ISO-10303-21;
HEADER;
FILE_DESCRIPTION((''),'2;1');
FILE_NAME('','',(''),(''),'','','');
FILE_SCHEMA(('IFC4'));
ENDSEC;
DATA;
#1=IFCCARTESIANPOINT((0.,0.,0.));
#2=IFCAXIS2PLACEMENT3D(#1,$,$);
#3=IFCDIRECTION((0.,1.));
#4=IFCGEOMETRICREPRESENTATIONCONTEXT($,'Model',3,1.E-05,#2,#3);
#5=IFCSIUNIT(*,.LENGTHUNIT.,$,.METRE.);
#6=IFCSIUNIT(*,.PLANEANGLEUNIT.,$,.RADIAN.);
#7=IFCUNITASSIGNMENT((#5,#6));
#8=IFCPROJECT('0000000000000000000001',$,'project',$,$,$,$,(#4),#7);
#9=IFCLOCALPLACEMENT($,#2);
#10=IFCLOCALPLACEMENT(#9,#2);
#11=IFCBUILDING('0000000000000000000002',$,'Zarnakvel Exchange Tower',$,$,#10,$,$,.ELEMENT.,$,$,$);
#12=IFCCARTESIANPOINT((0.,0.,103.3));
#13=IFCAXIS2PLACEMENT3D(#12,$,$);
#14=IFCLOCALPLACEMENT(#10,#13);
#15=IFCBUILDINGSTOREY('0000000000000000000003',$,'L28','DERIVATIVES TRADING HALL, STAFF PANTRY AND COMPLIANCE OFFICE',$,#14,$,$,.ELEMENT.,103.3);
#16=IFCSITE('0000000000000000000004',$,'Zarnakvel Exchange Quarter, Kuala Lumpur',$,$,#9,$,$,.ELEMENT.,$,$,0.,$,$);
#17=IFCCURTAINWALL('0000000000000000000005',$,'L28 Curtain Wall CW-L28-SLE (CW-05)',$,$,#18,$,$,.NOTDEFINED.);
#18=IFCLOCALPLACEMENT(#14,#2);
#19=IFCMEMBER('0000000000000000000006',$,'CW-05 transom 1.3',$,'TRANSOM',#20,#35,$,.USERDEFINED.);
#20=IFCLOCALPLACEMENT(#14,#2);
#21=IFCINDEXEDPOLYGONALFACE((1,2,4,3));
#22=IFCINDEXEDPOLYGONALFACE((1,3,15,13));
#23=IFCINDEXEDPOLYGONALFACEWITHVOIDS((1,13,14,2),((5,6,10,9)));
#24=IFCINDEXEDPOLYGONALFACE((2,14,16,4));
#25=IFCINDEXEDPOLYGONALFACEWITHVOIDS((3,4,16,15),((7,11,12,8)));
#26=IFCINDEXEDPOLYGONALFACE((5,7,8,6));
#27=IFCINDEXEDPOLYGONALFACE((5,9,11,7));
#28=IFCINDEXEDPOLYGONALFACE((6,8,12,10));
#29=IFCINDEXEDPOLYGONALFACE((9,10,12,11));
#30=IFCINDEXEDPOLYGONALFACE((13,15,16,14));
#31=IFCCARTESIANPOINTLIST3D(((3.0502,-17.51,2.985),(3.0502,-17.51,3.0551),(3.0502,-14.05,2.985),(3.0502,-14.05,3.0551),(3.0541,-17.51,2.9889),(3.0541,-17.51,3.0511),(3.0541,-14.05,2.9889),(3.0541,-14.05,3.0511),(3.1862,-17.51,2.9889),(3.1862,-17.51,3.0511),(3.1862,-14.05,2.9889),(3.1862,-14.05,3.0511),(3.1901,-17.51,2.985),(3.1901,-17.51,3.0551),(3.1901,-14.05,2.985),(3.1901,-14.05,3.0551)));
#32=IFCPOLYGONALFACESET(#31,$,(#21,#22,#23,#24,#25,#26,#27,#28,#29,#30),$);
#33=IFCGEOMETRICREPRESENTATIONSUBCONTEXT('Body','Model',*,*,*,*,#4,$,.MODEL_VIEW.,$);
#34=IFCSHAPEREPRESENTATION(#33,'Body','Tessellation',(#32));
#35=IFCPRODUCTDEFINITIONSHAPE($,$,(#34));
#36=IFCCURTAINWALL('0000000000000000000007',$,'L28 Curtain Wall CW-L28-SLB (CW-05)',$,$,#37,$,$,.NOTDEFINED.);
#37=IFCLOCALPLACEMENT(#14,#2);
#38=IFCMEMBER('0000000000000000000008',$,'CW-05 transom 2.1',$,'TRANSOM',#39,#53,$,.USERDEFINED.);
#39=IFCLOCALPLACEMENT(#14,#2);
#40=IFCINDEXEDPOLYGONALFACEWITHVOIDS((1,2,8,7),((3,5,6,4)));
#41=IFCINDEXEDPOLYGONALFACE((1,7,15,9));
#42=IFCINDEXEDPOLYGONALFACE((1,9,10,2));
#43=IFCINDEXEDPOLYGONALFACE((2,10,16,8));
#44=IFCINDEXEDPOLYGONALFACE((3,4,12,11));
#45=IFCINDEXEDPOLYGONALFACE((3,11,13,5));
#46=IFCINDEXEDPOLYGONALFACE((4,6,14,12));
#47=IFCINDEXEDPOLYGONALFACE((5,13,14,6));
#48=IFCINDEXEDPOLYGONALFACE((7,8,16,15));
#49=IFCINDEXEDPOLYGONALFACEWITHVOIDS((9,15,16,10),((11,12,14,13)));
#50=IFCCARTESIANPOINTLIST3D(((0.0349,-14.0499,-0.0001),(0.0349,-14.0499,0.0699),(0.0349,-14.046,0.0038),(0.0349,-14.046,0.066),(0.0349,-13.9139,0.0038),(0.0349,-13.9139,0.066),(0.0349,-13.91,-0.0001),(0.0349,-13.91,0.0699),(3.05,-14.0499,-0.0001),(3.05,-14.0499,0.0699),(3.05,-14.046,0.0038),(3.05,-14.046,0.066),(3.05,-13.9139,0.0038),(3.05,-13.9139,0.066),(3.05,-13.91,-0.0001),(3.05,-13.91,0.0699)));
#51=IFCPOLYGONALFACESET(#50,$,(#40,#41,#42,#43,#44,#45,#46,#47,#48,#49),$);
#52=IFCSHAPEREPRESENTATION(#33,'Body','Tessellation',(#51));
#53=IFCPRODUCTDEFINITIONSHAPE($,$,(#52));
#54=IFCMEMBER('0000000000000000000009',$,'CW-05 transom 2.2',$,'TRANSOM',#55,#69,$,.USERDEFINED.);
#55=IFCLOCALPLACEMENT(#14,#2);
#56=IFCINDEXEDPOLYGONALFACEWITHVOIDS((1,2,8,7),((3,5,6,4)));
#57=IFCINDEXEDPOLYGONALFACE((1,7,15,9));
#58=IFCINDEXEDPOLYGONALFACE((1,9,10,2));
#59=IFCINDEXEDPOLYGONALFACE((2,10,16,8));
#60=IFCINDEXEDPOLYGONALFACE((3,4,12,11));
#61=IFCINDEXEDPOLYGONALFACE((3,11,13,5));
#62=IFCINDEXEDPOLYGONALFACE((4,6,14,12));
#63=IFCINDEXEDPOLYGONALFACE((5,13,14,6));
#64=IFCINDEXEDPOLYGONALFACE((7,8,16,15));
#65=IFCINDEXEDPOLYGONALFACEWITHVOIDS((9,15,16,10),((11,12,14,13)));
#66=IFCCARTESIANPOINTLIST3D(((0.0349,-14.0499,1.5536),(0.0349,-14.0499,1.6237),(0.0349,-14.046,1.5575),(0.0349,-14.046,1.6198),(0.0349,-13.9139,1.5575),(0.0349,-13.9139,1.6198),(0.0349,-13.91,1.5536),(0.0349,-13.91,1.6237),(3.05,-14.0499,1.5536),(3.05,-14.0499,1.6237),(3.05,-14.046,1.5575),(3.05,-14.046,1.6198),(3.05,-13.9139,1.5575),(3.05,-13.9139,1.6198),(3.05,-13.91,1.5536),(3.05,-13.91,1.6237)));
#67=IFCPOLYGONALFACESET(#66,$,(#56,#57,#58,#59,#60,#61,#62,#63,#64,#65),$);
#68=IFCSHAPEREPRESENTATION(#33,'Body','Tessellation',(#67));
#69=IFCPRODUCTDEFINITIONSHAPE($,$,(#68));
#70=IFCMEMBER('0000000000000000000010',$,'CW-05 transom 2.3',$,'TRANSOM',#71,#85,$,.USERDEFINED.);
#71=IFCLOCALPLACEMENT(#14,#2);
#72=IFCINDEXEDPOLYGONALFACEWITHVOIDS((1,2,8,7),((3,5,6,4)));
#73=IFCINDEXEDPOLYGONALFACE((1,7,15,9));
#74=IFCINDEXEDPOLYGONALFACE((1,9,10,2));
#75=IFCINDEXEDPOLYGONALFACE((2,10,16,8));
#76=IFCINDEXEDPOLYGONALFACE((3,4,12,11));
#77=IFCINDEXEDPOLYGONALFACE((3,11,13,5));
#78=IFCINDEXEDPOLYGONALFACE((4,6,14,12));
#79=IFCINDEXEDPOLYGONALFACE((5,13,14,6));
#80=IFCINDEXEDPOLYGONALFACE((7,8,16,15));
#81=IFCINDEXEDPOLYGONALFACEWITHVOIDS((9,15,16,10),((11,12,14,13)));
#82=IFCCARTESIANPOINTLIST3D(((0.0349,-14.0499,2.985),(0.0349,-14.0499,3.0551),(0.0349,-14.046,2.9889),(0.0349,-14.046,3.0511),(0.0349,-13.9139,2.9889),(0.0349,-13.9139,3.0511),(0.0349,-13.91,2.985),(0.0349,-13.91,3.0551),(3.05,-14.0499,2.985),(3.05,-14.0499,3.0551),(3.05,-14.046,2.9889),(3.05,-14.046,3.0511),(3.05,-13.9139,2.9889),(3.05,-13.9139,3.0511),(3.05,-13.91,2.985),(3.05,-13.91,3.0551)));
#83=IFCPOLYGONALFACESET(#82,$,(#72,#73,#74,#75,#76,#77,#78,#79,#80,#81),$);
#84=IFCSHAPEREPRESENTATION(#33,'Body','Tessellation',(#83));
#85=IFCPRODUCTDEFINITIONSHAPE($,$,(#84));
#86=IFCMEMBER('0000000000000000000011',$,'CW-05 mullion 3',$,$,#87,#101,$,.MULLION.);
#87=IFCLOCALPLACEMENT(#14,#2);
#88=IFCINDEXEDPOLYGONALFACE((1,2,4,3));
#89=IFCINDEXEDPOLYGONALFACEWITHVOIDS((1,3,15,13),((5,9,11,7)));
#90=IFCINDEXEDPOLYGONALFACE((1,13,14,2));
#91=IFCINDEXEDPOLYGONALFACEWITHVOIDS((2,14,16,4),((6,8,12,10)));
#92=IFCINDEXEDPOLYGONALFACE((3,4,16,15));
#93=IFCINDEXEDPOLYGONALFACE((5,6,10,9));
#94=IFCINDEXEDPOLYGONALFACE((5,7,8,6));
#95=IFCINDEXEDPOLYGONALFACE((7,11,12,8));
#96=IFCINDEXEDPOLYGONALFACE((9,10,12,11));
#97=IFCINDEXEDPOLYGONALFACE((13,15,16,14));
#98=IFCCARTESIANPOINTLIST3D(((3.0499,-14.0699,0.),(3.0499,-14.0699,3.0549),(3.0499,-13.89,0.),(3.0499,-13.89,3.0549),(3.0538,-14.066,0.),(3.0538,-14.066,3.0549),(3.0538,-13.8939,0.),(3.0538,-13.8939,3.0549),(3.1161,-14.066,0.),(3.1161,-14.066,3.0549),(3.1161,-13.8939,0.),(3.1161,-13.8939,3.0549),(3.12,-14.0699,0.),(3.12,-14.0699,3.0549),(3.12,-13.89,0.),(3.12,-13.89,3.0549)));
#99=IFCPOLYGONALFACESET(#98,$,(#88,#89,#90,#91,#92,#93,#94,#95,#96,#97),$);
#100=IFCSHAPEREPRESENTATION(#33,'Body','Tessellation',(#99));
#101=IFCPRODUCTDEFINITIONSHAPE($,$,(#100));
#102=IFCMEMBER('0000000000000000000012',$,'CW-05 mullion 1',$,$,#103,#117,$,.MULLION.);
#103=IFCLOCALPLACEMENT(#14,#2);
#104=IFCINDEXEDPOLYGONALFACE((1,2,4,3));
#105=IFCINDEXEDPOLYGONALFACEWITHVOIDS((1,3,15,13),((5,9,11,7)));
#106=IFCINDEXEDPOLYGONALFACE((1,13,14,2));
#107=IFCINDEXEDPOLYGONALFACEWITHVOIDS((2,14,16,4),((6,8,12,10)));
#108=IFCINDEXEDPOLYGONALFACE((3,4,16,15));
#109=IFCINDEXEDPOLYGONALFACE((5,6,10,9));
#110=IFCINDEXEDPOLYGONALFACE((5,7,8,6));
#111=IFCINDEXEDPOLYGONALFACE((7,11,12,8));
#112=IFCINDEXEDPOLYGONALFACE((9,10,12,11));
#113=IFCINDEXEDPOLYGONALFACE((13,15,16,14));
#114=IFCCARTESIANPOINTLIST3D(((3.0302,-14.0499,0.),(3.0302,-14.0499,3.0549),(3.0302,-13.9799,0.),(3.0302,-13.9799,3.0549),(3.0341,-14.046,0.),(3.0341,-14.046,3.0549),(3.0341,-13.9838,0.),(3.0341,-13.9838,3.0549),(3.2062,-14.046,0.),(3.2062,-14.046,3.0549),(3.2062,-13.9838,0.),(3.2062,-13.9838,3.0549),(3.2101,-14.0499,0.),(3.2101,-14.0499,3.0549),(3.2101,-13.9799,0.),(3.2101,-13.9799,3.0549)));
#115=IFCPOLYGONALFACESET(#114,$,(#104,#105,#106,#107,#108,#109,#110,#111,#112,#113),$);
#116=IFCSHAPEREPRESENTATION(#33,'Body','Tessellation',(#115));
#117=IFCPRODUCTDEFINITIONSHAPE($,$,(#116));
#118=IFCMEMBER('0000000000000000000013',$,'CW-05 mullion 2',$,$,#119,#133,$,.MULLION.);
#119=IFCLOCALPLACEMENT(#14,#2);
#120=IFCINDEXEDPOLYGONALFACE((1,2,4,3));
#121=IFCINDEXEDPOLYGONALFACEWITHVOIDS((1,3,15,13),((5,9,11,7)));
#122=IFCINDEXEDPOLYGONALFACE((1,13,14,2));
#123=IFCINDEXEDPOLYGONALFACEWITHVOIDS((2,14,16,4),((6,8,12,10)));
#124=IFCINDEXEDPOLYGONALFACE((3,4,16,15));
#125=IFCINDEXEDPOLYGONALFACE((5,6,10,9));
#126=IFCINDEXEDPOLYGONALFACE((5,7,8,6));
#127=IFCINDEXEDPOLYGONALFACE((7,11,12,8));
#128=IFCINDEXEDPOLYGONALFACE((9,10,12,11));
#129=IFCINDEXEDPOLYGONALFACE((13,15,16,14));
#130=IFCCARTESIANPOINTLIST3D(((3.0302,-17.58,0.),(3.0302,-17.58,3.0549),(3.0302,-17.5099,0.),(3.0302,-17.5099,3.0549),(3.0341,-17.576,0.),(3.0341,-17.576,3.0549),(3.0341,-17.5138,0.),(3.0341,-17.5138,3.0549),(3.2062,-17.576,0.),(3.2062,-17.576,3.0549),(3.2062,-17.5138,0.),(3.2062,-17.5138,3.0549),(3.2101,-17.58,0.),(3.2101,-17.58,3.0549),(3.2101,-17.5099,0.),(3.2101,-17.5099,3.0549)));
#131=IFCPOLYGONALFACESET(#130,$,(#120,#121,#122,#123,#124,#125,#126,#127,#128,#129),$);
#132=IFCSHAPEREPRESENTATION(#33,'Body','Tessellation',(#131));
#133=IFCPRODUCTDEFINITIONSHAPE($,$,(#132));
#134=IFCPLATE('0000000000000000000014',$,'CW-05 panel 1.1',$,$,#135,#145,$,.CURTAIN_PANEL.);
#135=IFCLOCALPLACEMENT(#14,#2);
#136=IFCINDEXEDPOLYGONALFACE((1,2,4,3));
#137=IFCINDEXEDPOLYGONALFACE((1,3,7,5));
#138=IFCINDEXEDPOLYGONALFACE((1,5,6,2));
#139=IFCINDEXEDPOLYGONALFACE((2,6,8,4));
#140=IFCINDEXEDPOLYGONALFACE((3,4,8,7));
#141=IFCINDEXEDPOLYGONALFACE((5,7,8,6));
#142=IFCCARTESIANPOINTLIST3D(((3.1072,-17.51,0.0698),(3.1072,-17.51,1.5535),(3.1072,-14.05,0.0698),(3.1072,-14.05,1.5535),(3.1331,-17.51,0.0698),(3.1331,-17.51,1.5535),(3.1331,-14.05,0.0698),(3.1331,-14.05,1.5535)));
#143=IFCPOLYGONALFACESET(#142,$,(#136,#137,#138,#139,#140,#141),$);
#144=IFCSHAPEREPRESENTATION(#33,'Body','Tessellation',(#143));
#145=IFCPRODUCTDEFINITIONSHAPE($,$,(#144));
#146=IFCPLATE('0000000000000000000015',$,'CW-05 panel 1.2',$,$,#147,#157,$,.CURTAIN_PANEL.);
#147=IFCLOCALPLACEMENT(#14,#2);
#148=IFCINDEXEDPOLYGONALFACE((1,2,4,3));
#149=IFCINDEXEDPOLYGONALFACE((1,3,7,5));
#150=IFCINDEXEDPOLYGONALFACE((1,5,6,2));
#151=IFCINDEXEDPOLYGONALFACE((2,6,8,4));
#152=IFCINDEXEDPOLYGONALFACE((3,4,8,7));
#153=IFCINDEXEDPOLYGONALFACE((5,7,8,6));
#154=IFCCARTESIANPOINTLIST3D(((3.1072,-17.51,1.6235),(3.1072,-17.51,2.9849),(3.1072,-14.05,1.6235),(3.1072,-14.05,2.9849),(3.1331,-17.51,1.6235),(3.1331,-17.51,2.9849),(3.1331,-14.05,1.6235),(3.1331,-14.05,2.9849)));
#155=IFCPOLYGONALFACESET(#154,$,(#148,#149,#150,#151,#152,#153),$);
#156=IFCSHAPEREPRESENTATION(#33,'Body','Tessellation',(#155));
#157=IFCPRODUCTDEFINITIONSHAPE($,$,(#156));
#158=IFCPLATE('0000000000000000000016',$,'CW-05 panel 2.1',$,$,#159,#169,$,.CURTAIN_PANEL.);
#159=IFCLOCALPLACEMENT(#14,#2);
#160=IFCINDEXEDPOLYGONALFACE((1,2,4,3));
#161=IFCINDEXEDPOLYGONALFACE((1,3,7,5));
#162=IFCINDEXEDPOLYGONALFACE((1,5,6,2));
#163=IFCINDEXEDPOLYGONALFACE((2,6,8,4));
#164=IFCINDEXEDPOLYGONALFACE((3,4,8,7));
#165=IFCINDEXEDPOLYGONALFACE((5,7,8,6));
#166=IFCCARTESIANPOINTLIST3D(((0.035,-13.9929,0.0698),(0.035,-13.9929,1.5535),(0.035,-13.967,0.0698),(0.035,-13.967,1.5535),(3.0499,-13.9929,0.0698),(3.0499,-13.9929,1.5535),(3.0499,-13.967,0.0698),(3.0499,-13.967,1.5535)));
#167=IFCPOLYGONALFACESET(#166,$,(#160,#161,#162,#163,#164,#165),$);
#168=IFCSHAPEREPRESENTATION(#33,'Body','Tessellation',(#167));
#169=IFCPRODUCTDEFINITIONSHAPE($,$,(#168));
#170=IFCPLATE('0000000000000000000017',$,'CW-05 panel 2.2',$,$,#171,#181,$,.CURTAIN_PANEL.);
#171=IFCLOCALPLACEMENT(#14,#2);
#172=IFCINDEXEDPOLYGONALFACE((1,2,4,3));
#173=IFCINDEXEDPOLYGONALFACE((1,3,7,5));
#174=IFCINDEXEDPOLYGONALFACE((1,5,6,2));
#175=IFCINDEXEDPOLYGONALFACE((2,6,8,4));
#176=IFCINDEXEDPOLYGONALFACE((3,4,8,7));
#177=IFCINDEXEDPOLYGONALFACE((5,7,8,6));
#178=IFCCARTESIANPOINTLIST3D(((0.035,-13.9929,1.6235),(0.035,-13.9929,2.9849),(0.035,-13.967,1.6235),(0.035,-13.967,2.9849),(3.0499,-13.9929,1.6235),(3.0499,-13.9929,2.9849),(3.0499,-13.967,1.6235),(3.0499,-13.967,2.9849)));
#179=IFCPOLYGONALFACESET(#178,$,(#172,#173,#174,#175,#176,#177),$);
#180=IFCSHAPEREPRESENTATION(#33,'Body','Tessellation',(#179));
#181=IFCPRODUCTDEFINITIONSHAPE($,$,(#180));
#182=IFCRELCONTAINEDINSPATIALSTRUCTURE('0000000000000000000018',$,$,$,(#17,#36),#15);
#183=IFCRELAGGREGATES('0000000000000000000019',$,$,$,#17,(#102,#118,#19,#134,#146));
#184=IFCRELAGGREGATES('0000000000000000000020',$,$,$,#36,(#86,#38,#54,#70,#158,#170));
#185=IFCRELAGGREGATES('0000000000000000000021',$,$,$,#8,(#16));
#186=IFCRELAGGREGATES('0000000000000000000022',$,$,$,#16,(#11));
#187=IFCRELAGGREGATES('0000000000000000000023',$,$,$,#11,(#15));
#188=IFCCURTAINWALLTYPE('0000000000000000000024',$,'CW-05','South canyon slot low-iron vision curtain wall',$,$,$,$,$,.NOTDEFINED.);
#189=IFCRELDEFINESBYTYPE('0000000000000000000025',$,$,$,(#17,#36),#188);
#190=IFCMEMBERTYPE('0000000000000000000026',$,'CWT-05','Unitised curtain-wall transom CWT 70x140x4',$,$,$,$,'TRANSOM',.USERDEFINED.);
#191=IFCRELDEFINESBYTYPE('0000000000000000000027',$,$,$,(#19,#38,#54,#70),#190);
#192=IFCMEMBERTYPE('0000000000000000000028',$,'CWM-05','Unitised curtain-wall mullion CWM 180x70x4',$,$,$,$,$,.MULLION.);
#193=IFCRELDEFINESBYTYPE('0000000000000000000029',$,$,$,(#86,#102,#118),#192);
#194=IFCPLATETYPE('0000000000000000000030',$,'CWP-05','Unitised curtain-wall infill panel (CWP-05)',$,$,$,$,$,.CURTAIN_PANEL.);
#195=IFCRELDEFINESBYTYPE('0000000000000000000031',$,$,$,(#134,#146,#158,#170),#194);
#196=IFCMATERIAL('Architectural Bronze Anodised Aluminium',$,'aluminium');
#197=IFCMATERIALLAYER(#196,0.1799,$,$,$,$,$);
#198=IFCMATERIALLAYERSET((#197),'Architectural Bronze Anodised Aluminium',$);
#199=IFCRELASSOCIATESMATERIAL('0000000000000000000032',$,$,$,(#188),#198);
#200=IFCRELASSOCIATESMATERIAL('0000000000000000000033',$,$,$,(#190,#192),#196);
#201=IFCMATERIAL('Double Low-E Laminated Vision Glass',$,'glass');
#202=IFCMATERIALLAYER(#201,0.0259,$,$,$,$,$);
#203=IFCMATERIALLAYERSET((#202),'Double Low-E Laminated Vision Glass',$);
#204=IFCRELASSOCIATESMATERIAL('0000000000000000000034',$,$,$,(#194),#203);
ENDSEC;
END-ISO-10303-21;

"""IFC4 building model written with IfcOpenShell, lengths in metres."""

from ifc_helpers import new_model, si_unit, direction, frame, origin, origin_2d, place, context, subcontext, project, spatial, rectangle, hollow_rectangle, extrude, source, transform, mapped, material, layer, layer_set, material_profile, profile_set, type_object, element, aggregate, save


model = new_model("IFC4")

# Units and contexts
model_context = context("Model", 3, precision=1e-05, world=origin(), true_north=direction((0.0, 1.0)))
body_context = subcontext(model_context, "Body", "Model", "MODEL_VIEW")
ifc_project = project(units=[si_unit("LENGTHUNIT", "METRE"), si_unit("PLANEANGLEUNIT", "RADIAN")], contexts=[model_context])

# Site, building, storey
site_placement = place(None, origin())
site = spatial("IfcSite", under=ifc_project, at=site_placement, Name="Zarnakvel Exchange Quarter, Kuala Lumpur", CompositionType="ELEMENT", RefElevation=0.0)
building_placement = place(site_placement, origin())
building = spatial("IfcBuilding", under=site, at=building_placement, Name="Zarnakvel Exchange Tower", CompositionType="ELEMENT")
storey_placement = place(building_placement, frame((0.0, 0.0, 103.3)))
storey = spatial("IfcBuildingStorey", under=building, at=storey_placement, Name="L28", Description="DERIVATIVES TRADING HALL, STAFF PANTRY AND COMPLIANCE OFFICE", CompositionType="ELEMENT", Elevation=103.3)

# Curtain walls, members
ifc_material_1 = material(Name="Architectural Bronze Anodised Aluminium", Category="aluminium")
ifc_layer_1 = layer(ifc_material_1, 0.1799)
ifc_layer_set_1 = layer_set([ifc_layer_1], Name="Architectural Bronze Anodised Aluminium")
curtain_wall_type = type_object("IfcCurtainWallType", Name="CW-05", Description="South canyon slot low-iron vision curtain wall", PredefinedType="NOTDEFINED", material=ifc_layer_set_1)
curtain_wall_1_placement = place(storey_placement, origin())
curtain_wall_1 = element("IfcCurtainWall", 1, at=curtain_wall_1_placement, inside=storey, type_object=curtain_wall_type, Name="L28 Curtain Wall CW-L28-SLE (CW-05)", PredefinedType="NOTDEFINED")
ifc_material_profile_1 = material_profile(ifc_material_1, hollow_rectangle(XDim=0.1399, YDim=0.0701, WallThickness=0.0039, at=origin_2d()))
ifc_profile_set_1 = profile_set([ifc_material_profile_1], Name="Architectural Bronze Anodised Aluminium")
member_type_1 = type_object("IfcMemberType", Name="CWT-05", Description="Unitised curtain-wall transom CWT 70x140x4", ElementType="TRANSOM", PredefinedType="USERDEFINED", material=ifc_profile_set_1)
shared_shape_1 = source(origin(), body_context, "Body", "SweptSolid", [
    extrude(hollow_rectangle(XDim=0.1399, YDim=0.0701, WallThickness=0.0039, at=origin_2d()), origin(), (0.0, 0.0, 1.0), 3.46),
])
member_1_placement = place(storey_placement, frame((3.1201, -14.05, 3.02), z_axis=(0.0, -1.0, 0.0), x_axis=(1.0, 0.0, 0.0)))
member_1 = element("IfcMember", 2, at=member_1_placement, type_object=member_type_1, Name="CW-05 transom 1.3", ObjectType="TRANSOM", PredefinedType="USERDEFINED", context=body_context, shape_type="MappedRepresentation", body=[
    mapped(shared_shape_1, transform((0.0, 0.0, 0.0), x_axis=(1.0, 0.0, 0.0), y_axis=(0.0, 1.0, 0.0), z_axis=(0.0, 0.0, 1.0), scale=1.0)),
])
curtain_wall_2_placement = place(storey_placement, origin())
curtain_wall_2 = element("IfcCurtainWall", 3, at=curtain_wall_2_placement, inside=storey, type_object=curtain_wall_type, Name="L28 Curtain Wall CW-L28-SLB (CW-05)", PredefinedType="NOTDEFINED")
shared_shape_2 = source(origin(), body_context, "Body", "SweptSolid", [
    extrude(hollow_rectangle(XDim=0.1399, YDim=0.0701, WallThickness=0.0039, at=origin_2d()), origin(), (0.0, 0.0, 1.0), 3.0151),
])
member_2_placement = place(storey_placement, frame((0.0349, -13.98, 0.0349), z_axis=(1.0, 0.0, 0.0), x_axis=(0.0, 1.0, 0.0)))
member_2 = element("IfcMember", 4, at=member_2_placement, type_object=member_type_1, Name="CW-05 transom 2.1", ObjectType="TRANSOM", PredefinedType="USERDEFINED", context=body_context, shape_type="MappedRepresentation", body=[
    mapped(shared_shape_2, transform((0.0, 0.0, 0.0), x_axis=(1.0, 0.0, 0.0), y_axis=(0.0, 1.0, 0.0), z_axis=(0.0, 0.0, 1.0), scale=1.0)),
])
member_3_placement = place(storey_placement, frame((0.0349, -13.98, 1.5886), z_axis=(1.0, 0.0, 0.0), x_axis=(0.0, 1.0, 0.0)))
member_3 = element("IfcMember", 5, at=member_3_placement, type_object=member_type_1, Name="CW-05 transom 2.2", ObjectType="TRANSOM", PredefinedType="USERDEFINED", context=body_context, shape_type="MappedRepresentation", body=[
    mapped(shared_shape_2, transform((0.0, 0.0, 0.0), x_axis=(1.0, 0.0, 0.0), y_axis=(0.0, 1.0, 0.0), z_axis=(0.0, 0.0, 1.0), scale=1.0)),
])
member_4_placement = place(storey_placement, frame((0.0349, -13.98, 3.02), z_axis=(1.0, 0.0, 0.0), x_axis=(0.0, 1.0, 0.0)))
member_4 = element("IfcMember", 6, at=member_4_placement, type_object=member_type_1, Name="CW-05 transom 2.3", ObjectType="TRANSOM", PredefinedType="USERDEFINED", context=body_context, shape_type="MappedRepresentation", body=[
    mapped(shared_shape_2, transform((0.0, 0.0, 0.0), x_axis=(1.0, 0.0, 0.0), y_axis=(0.0, 1.0, 0.0), z_axis=(0.0, 0.0, 1.0), scale=1.0)),
])
ifc_material_profile_2 = material_profile(ifc_material_1, hollow_rectangle(XDim=0.1799, YDim=0.0701, WallThickness=0.0039, at=origin_2d()))
ifc_profile_set_2 = profile_set([ifc_material_profile_2], Name="Architectural Bronze Anodised Aluminium")
member_type_2 = type_object("IfcMemberType", Name="CWM-05", Description="Unitised curtain-wall mullion CWM 180x70x4", PredefinedType="MULLION", material=ifc_profile_set_2)
shared_shape_3 = source(origin(), body_context, "Body", "SweptSolid", [
    extrude(hollow_rectangle(XDim=0.1799, YDim=0.0701, WallThickness=0.0039, at=origin_2d()), origin(), (0.0, 0.0, 1.0), 3.0549),
])
member_5_placement = place(storey_placement, frame((3.085, -13.98, 0.0), z_axis=(0.0, 0.0, 1.0), x_axis=(0.0, 1.0, 0.0)))
member_5 = element("IfcMember", 7, at=member_5_placement, type_object=member_type_2, Name="CW-05 mullion 3", PredefinedType="MULLION", context=body_context, shape_type="MappedRepresentation", body=[
    mapped(shared_shape_3, transform((0.0, 0.0, 0.0), x_axis=(1.0, 0.0, 0.0), y_axis=(0.0, 1.0, 0.0), z_axis=(0.0, 0.0, 1.0), scale=1.0)),
])

# Members
member_6_placement = place(storey_placement, frame((3.1201, -14.0149, 0.0), z_axis=(0.0, 0.0, 1.0), x_axis=(1.0, 0.0, 0.0)))
member_6 = element("IfcMember", 8, at=member_6_placement, type_object=member_type_2, Name="CW-05 mullion 1", PredefinedType="MULLION", context=body_context, shape_type="MappedRepresentation", body=[
    mapped(shared_shape_3, transform((0.0, 0.0, 0.0), x_axis=(1.0, 0.0, 0.0), y_axis=(0.0, 1.0, 0.0), z_axis=(0.0, 0.0, 1.0), scale=1.0)),
])
member_7_placement = place(storey_placement, frame((3.1201, -17.5449, 0.0), z_axis=(0.0, 0.0, 1.0), x_axis=(1.0, 0.0, 0.0)))
member_7 = element("IfcMember", 9, at=member_7_placement, type_object=member_type_2, Name="CW-05 mullion 2", PredefinedType="MULLION", context=body_context, shape_type="MappedRepresentation", body=[
    mapped(shared_shape_3, transform((0.0, 0.0, 0.0), x_axis=(1.0, 0.0, 0.0), y_axis=(0.0, 1.0, 0.0), z_axis=(0.0, 0.0, 1.0), scale=1.0)),
])

# Plates
ifc_material_2 = material(Name="Double Low-E Laminated Vision Glass", Category="glass")
ifc_layer_2 = layer(ifc_material_2, 0.0259)
ifc_layer_set_2 = layer_set([ifc_layer_2], Name="Double Low-E Laminated Vision Glass")
plate_type = type_object("IfcPlateType", Name="CWP-05", Description="Unitised curtain-wall infill panel (CWP-05)", PredefinedType="CURTAIN_PANEL", material=ifc_layer_set_2)
shared_shape_4 = source(origin(), body_context, "Body", "SweptSolid", [
    extrude(rectangle(XDim=3.46, YDim=0.0259, at=origin_2d()), origin(), (0.0, 0.0, 1.0), 1.4836),
])
plate_1_placement = place(storey_placement, frame((3.1201, -15.78, 0.0698), z_axis=(0.0, 0.0, 1.0), x_axis=(0.0, -1.0, 0.0)))
plate_1 = element("IfcPlate", 10, at=plate_1_placement, type_object=plate_type, Name="CW-05 panel 1.1", PredefinedType="CURTAIN_PANEL", context=body_context, shape_type="MappedRepresentation", body=[
    mapped(shared_shape_4, transform((0.0, 0.0, 0.0), x_axis=(1.0, 0.0, 0.0), y_axis=(0.0, 1.0, 0.0), z_axis=(0.0, 0.0, 1.0), scale=1.0)),
])
shared_shape_5 = source(origin(), body_context, "Body", "SweptSolid", [
    extrude(rectangle(XDim=3.46, YDim=0.0259, at=origin_2d()), origin(), (0.0, 0.0, 1.0), 1.3613),
])
plate_2_placement = place(storey_placement, frame((3.1201, -15.78, 1.6235), z_axis=(0.0, 0.0, 1.0), x_axis=(0.0, -1.0, 0.0)))
plate_2 = element("IfcPlate", 11, at=plate_2_placement, type_object=plate_type, Name="CW-05 panel 1.2", PredefinedType="CURTAIN_PANEL", context=body_context, shape_type="MappedRepresentation", body=[
    mapped(shared_shape_5, transform((0.0, 0.0, 0.0), x_axis=(1.0, 0.0, 0.0), y_axis=(0.0, 1.0, 0.0), z_axis=(0.0, 0.0, 1.0), scale=1.0)),
])
aggregate(curtain_wall_1, [member_6, member_7, member_1, plate_1, plate_2])
shared_shape_6 = source(origin(), body_context, "Body", "SweptSolid", [
    extrude(rectangle(XDim=3.0149, YDim=0.0259, at=origin_2d()), origin(), (0.0, 0.0, 1.0), 1.4836),
])
plate_3_placement = place(storey_placement, frame((1.5425, -13.98, 0.0698), z_axis=(0.0, 0.0, 1.0), x_axis=(1.0, 0.0, 0.0)))
plate_3 = element("IfcPlate", 12, at=plate_3_placement, type_object=plate_type, Name="CW-05 panel 2.1", PredefinedType="CURTAIN_PANEL", context=body_context, shape_type="MappedRepresentation", body=[
    mapped(shared_shape_6, transform((0.0, 0.0, 0.0), x_axis=(1.0, 0.0, 0.0), y_axis=(0.0, 1.0, 0.0), z_axis=(0.0, 0.0, 1.0), scale=1.0)),
])
shared_shape_7 = source(origin(), body_context, "Body", "SweptSolid", [
    extrude(rectangle(XDim=3.0149, YDim=0.0259, at=origin_2d()), origin(), (0.0, 0.0, 1.0), 1.3613),
])
plate_4_placement = place(storey_placement, frame((1.5425, -13.98, 1.6235), z_axis=(0.0, 0.0, 1.0), x_axis=(1.0, 0.0, 0.0)))
plate_4 = element("IfcPlate", 13, at=plate_4_placement, type_object=plate_type, Name="CW-05 panel 2.2", PredefinedType="CURTAIN_PANEL", context=body_context, shape_type="MappedRepresentation", body=[
    mapped(shared_shape_7, transform((0.0, 0.0, 0.0), x_axis=(1.0, 0.0, 0.0), y_axis=(0.0, 1.0, 0.0), z_axis=(0.0, 0.0, 1.0), scale=1.0)),
])
aggregate(curtain_wall_2, [member_5, member_2, member_3, member_4, plate_3, plate_4])

save(model, "model.ifc")
